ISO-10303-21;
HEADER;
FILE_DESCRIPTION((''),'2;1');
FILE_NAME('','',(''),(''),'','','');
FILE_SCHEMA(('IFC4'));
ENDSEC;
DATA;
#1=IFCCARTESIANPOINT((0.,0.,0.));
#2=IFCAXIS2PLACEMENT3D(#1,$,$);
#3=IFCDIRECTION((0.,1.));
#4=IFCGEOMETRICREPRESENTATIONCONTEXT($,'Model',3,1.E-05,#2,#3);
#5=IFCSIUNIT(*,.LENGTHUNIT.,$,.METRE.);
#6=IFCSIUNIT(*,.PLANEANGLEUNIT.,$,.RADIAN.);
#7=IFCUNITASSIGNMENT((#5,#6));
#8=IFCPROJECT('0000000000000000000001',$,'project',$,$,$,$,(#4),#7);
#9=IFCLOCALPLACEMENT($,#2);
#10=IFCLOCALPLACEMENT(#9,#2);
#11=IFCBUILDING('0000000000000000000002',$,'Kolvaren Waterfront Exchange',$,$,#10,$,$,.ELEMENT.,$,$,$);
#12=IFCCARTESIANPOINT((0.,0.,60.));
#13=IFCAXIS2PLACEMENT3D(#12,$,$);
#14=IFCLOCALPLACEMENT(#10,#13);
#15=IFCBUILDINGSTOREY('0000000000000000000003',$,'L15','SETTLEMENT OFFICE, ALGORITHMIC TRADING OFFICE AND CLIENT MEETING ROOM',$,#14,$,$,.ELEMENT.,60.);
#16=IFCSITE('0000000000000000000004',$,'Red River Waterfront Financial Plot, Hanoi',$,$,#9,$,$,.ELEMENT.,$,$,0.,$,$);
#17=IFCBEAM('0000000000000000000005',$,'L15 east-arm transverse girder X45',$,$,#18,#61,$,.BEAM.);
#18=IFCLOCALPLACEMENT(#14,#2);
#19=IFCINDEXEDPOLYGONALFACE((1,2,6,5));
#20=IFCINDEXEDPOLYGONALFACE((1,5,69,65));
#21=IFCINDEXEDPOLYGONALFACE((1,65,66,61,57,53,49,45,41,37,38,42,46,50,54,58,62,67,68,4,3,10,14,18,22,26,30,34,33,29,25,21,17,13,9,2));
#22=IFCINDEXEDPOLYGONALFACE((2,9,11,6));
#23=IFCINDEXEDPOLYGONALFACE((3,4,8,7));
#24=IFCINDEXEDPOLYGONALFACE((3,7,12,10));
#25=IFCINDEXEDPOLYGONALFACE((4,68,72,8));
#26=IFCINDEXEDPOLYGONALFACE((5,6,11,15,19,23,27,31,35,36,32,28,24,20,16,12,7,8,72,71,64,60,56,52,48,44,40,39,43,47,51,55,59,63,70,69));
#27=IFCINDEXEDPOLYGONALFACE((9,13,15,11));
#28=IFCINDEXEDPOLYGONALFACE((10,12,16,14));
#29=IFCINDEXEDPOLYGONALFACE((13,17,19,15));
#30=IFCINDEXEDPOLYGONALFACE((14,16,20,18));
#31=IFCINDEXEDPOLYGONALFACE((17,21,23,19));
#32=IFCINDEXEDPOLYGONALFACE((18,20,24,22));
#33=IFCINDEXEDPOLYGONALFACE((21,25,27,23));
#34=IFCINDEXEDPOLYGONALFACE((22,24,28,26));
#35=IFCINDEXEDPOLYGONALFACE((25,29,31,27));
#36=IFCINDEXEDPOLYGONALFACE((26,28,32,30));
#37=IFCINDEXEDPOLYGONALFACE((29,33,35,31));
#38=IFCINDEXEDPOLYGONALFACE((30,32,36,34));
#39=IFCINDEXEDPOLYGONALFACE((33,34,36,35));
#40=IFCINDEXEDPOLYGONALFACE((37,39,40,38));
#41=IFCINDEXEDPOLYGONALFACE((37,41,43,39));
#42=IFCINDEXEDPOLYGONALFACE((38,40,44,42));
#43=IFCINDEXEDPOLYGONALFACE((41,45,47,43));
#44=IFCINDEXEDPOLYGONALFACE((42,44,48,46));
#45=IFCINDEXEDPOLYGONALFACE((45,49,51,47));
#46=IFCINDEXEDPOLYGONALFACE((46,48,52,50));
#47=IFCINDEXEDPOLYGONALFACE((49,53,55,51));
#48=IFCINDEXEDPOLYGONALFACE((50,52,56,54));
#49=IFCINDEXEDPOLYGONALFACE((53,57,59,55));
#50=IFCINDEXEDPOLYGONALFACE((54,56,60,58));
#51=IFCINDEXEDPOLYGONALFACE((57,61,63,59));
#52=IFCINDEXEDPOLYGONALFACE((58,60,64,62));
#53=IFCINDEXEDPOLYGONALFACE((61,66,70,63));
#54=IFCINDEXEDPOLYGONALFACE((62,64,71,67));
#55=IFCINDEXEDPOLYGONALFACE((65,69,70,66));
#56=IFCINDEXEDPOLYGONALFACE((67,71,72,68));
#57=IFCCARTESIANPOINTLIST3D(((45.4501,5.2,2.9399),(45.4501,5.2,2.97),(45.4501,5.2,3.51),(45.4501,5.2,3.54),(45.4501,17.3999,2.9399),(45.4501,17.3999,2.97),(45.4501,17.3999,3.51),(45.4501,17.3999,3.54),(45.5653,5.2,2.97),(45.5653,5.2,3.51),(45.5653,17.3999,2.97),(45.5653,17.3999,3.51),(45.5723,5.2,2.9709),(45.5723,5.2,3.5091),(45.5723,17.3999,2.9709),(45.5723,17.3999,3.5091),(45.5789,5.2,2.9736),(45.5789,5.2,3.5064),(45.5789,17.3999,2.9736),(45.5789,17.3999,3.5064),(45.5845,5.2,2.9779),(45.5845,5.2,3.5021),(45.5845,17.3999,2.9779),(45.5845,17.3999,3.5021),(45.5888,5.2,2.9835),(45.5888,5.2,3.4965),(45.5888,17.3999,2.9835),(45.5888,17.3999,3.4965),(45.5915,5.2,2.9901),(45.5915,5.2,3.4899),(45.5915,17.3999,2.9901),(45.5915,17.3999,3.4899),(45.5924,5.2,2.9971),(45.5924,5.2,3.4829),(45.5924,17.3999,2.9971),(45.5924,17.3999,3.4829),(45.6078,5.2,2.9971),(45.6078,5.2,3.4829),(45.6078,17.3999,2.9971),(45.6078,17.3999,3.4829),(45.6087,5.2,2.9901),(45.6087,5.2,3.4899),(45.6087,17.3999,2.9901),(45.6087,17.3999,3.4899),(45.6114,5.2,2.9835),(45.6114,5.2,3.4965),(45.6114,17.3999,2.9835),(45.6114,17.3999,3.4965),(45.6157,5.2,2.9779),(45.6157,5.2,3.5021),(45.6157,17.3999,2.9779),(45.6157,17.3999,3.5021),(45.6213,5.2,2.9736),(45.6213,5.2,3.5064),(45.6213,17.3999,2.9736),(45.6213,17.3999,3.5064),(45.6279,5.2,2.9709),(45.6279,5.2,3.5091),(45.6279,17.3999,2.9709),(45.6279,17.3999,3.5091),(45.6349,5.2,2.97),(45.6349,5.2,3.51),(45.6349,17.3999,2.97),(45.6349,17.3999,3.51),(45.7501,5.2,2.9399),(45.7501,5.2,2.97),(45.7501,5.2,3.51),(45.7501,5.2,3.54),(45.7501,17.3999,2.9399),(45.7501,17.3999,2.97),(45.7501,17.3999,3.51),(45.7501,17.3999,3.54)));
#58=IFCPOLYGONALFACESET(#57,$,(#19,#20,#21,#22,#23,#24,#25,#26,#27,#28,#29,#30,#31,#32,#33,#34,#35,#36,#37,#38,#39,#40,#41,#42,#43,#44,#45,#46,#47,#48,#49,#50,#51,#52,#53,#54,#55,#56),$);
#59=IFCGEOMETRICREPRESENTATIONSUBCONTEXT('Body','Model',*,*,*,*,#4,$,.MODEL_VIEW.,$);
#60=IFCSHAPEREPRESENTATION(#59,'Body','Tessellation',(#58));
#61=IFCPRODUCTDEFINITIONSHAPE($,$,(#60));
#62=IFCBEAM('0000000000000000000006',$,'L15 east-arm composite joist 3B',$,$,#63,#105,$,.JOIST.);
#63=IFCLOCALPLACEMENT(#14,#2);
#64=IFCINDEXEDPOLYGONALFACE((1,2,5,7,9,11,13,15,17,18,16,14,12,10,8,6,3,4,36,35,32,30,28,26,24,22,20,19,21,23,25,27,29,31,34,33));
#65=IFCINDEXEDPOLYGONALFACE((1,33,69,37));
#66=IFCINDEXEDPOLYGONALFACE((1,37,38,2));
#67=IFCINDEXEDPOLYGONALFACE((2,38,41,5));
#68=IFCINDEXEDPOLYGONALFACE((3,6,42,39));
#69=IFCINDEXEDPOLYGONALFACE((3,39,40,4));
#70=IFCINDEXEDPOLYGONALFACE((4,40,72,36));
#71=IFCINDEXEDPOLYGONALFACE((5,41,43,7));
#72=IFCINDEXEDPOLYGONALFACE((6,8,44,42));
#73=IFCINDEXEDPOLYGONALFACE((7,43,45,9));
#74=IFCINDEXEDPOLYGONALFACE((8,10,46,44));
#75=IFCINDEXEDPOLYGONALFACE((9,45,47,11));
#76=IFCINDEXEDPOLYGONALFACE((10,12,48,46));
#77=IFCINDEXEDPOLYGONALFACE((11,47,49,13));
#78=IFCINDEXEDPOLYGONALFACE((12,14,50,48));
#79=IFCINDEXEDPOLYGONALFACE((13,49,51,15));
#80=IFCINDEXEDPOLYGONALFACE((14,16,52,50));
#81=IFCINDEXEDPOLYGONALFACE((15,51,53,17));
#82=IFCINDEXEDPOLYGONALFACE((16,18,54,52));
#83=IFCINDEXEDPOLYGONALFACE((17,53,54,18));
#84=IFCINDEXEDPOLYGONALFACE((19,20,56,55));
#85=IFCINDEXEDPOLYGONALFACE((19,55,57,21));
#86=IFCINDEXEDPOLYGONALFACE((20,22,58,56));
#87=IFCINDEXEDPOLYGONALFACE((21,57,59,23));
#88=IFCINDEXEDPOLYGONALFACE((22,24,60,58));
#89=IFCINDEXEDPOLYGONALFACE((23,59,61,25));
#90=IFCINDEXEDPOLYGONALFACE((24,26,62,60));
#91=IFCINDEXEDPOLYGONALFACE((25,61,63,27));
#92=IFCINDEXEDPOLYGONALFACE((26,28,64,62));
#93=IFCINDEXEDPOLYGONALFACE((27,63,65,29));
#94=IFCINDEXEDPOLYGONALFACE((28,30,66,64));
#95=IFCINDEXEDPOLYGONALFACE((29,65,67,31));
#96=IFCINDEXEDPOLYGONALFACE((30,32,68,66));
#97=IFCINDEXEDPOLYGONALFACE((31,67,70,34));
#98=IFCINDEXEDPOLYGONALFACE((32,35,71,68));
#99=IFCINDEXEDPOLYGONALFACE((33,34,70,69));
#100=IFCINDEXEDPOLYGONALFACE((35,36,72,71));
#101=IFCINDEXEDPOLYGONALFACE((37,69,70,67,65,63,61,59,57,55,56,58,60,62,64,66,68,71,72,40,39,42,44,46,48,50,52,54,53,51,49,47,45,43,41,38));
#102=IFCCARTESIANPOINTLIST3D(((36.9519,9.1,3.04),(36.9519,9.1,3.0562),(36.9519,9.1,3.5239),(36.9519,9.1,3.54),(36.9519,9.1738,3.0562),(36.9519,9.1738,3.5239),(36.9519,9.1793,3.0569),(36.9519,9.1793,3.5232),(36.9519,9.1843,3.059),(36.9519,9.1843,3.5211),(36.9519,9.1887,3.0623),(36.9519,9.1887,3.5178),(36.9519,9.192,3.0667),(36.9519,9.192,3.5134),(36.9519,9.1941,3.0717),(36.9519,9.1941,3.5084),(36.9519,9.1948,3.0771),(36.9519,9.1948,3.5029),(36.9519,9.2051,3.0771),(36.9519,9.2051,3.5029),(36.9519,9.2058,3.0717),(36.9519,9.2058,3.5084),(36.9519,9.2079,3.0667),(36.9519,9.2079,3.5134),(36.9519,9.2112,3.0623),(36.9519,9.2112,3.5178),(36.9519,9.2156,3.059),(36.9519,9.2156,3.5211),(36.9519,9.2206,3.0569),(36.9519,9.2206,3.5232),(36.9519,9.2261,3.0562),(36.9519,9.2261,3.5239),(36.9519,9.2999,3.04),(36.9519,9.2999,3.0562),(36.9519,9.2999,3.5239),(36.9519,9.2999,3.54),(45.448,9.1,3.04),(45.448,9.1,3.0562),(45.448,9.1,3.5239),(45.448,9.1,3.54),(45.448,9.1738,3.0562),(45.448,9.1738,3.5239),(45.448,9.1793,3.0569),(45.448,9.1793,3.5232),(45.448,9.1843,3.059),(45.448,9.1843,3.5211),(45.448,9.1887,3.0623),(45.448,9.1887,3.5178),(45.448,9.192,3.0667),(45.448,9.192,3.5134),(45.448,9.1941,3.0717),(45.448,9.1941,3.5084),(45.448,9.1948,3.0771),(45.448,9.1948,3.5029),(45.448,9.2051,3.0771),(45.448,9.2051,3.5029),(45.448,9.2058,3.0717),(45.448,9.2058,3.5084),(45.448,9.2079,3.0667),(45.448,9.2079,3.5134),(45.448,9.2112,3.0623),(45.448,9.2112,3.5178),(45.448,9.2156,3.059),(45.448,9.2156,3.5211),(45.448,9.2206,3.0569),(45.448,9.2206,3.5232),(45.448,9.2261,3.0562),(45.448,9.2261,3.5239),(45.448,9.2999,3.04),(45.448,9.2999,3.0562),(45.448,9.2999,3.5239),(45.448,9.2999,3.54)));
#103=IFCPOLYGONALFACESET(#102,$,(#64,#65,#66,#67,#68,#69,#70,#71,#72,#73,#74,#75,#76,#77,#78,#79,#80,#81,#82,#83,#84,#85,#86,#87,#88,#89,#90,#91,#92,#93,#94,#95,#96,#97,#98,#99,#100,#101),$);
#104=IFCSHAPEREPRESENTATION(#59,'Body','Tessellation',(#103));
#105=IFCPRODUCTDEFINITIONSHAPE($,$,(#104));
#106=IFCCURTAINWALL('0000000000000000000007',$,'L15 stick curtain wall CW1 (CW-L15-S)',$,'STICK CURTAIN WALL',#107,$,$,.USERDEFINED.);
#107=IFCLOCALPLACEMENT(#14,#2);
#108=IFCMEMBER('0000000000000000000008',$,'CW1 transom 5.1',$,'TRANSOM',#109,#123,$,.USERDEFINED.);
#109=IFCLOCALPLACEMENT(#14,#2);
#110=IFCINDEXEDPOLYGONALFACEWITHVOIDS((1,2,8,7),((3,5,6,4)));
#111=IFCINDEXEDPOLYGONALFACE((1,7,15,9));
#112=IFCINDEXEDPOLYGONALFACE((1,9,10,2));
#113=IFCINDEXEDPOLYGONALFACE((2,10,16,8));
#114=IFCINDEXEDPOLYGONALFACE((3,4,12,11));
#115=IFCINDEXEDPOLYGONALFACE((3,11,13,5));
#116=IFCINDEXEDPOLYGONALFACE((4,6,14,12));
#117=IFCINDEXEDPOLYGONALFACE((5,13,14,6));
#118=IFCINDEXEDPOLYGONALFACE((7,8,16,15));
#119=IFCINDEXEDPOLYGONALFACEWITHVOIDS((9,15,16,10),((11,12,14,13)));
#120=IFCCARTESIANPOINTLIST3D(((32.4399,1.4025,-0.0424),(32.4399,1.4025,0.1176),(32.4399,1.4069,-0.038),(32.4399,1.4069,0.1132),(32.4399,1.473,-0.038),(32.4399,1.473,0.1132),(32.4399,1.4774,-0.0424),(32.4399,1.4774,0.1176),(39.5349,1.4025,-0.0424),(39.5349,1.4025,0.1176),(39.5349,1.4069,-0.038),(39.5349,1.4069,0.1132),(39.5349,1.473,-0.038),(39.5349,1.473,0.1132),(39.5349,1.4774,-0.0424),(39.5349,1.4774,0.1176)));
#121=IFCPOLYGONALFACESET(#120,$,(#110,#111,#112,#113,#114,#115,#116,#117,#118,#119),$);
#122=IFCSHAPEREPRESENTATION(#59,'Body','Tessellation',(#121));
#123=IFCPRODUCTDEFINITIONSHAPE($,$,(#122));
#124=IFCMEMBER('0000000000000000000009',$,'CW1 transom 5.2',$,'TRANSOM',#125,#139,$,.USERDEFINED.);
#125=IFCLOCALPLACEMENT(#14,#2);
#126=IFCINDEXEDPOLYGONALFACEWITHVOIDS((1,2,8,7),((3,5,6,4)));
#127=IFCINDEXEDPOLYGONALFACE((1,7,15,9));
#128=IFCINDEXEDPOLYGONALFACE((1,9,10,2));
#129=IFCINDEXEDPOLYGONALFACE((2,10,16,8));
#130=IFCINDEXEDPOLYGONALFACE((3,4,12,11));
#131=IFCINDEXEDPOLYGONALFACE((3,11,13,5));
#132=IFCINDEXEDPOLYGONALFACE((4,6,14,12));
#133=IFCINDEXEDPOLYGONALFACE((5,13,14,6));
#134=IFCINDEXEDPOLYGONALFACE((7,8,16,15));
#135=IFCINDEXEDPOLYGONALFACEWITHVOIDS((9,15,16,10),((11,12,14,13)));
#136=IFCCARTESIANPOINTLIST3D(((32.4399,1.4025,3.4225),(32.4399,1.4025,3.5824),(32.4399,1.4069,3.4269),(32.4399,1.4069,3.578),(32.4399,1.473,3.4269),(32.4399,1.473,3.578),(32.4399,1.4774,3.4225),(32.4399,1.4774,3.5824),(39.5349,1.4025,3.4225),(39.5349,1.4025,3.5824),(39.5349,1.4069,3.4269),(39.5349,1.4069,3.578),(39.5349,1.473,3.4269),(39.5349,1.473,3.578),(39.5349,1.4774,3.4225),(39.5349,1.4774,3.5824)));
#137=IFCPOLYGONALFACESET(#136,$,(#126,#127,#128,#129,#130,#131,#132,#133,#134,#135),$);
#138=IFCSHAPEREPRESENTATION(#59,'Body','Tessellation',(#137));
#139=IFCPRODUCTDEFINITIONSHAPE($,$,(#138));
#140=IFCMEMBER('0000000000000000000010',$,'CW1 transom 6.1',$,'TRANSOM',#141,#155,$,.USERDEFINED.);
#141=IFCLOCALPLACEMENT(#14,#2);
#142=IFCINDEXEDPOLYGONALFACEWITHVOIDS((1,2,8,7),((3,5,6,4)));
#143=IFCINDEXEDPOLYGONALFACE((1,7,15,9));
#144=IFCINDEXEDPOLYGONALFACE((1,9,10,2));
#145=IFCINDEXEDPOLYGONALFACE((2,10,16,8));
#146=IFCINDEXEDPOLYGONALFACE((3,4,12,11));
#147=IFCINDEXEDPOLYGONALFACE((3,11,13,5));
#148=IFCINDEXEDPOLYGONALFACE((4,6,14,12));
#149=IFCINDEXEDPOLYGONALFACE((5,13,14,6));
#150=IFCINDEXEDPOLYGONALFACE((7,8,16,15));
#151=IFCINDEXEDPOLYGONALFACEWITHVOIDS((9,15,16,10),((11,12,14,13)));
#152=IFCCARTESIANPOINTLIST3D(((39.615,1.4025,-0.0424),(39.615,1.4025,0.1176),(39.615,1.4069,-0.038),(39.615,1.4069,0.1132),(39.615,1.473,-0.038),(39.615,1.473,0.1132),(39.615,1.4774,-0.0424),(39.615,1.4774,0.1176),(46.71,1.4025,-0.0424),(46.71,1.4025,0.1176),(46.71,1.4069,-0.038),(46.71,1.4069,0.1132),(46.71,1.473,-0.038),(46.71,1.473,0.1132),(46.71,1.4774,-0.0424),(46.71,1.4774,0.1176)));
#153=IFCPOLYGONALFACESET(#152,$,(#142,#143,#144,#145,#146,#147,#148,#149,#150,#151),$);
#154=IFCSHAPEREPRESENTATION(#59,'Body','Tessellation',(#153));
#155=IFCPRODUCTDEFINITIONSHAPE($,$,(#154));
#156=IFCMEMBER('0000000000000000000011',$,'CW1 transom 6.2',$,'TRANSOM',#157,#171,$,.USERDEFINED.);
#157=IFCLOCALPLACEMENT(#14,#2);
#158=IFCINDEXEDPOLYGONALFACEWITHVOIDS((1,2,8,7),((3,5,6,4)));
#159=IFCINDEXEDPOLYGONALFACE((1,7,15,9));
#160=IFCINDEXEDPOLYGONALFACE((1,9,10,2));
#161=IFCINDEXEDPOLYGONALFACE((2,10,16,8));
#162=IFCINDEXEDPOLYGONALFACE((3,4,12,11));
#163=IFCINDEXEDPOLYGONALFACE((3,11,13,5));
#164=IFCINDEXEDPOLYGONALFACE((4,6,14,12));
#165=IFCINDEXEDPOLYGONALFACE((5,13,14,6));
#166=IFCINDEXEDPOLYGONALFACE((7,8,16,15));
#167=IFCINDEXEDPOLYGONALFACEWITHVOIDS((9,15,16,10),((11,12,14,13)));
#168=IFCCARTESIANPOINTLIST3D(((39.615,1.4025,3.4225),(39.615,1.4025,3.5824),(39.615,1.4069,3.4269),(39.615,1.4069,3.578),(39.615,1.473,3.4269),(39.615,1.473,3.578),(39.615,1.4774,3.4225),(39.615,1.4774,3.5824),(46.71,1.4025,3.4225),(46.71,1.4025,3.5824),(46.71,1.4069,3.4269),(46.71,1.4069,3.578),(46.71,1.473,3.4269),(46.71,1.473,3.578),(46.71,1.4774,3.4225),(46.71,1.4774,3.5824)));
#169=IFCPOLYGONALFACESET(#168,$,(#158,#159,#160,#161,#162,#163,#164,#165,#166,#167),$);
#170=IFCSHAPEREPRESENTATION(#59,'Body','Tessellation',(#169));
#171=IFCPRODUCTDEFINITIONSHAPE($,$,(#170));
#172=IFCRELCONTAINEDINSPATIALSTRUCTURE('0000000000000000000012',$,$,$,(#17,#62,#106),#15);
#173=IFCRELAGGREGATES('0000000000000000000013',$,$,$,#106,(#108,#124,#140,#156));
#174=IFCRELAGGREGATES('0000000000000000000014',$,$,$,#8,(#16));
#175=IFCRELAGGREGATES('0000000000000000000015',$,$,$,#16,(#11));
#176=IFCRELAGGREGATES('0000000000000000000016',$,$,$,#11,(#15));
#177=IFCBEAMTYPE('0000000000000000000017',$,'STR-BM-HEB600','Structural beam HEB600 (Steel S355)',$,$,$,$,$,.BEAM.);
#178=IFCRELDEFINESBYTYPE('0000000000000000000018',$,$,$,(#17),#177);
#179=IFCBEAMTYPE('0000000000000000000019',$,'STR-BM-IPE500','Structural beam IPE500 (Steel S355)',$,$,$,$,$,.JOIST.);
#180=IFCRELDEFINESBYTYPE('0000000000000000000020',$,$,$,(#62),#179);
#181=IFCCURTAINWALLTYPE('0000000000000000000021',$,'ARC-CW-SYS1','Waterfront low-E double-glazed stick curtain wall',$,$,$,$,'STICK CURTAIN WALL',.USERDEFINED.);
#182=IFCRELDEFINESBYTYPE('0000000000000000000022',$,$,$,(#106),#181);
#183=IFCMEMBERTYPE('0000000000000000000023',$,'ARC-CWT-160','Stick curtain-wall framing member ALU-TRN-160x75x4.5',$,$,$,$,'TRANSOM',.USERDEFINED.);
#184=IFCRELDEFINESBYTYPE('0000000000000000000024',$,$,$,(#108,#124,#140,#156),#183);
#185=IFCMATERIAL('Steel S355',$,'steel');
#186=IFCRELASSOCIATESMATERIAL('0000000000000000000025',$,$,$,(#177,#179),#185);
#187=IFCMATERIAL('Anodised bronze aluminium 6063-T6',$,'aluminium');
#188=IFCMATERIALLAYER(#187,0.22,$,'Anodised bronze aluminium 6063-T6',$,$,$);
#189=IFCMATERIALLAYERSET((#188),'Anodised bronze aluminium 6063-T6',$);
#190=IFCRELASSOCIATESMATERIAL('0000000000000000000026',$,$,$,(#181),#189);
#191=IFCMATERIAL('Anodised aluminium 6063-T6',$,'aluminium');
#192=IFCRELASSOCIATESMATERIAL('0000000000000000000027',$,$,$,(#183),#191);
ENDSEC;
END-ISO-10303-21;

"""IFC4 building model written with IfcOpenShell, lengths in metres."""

from ifc_helpers import new_model, si_unit, direction, frame, origin, origin_with_axes, origin_2d, place, context, subcontext, project, spatial, hollow_rectangle, i_section, extrude, source, transform, mapped, material, layer, layer_set, material_profile, profile_set, type_object, element, aggregate, save


model = new_model("IFC4")

# Units and contexts
model_context = context("Model", 3, precision=1e-05, world=origin(), true_north=direction((0.0, 1.0)))
body_context = subcontext(model_context, "Body", "Model", "MODEL_VIEW")
ifc_project = project(units=[si_unit("LENGTHUNIT", "METRE"), si_unit("PLANEANGLEUNIT", "RADIAN")], contexts=[model_context])

# Site, building, storey
site_placement = place(None, origin())
site = spatial("IfcSite", under=ifc_project, at=site_placement, Name="Red River Waterfront Financial Plot, Hanoi", CompositionType="ELEMENT", RefElevation=0.0)
building_placement = place(site_placement, origin())
building = spatial("IfcBuilding", under=site, at=building_placement, Name="Kolvaren Waterfront Exchange", CompositionType="ELEMENT")
storey_placement = place(building_placement, frame((0.0, 0.0, 60.0)))
storey = spatial("IfcBuildingStorey", under=building, at=storey_placement, Name="L15", Description="SETTLEMENT OFFICE, ALGORITHMIC TRADING OFFICE AND CLIENT MEETING ROOM", CompositionType="ELEMENT", Elevation=60.0)

# Beams
ifc_material_1 = material(Name="Steel S355", Category="steel")
ifc_material_profile_1 = material_profile(ifc_material_1, i_section(OverallWidth=0.3, OverallDepth=0.6001, WebThickness=0.0154, FlangeThickness=0.03, FilletRadius=0.0271, at=origin_2d()), Name="HEB600")
ifc_profile_set_1 = profile_set([ifc_material_profile_1], Name="Steel S355")
beam_type_1 = type_object("IfcBeamType", Name="STR-BM-HEB600", Description="Structural beam HEB600 (Steel S355)", PredefinedType="BEAM", material=ifc_profile_set_1)
for number, where, z_axis, x_axis, name in (
    (1, (45.6001, 5.2, 3.24), (0.0, 1.0, 0.0), (-1.0, 0.0, 0.0), "L15 east-arm transverse girder X45"),
):
    element("IfcBeam", number, at=place(storey_placement, frame(where, z_axis=z_axis, x_axis=x_axis)), inside=storey, type_object=beam_type_1, Name=name, PredefinedType="BEAM", context=body_context, shape_type="SweptSolid", body=[
        extrude(i_section(OverallWidth=0.3, OverallDepth=0.6001, WebThickness=0.0154, FlangeThickness=0.03, FilletRadius=0.0271, at=origin_2d()), origin(), (0.0, 0.0, 1.0), 12.2),
    ])
ifc_material_profile_2 = material_profile(ifc_material_1, i_section(OverallWidth=0.2, OverallDepth=0.5, WebThickness=0.0103, FlangeThickness=0.0161, FilletRadius=0.021, at=origin_2d()), Name="IPE500")
ifc_profile_set_2 = profile_set([ifc_material_profile_2], Name="Steel S355")
beam_type_2 = type_object("IfcBeamType", Name="STR-BM-IPE500", Description="Structural beam IPE500 (Steel S355)", PredefinedType="JOIST", material=ifc_profile_set_2)
beam_1_placement = place(storey_placement, frame((36.9519, 9.2, 3.29), z_axis=(1.0, 0.0, 0.0), x_axis=(0.0, 1.0, 0.0)))
element("IfcBeam", 2, at=beam_1_placement, inside=storey, type_object=beam_type_2, Name="L15 east-arm composite joist 3B", PredefinedType="JOIST", context=body_context, shape_type="SweptSolid", body=[
    extrude(i_section(OverallWidth=0.2, OverallDepth=0.5, WebThickness=0.0103, FlangeThickness=0.0161, FilletRadius=0.021, at=origin_2d()), origin(), (0.0, 0.0, 1.0), 8.4961),
])

# Curtain wall, members
ifc_material_2 = material(Name="Anodised bronze aluminium 6063-T6", Category="aluminium")
ifc_layer_1 = layer(ifc_material_2, 0.22, Name="Anodised bronze aluminium 6063-T6")
ifc_layer_set_1 = layer_set([ifc_layer_1], Name="Anodised bronze aluminium 6063-T6")
curtain_wall_type = type_object("IfcCurtainWallType", Name="ARC-CW-SYS1", Description="Waterfront low-E double-glazed stick curtain wall", ElementType="STICK CURTAIN WALL", PredefinedType="USERDEFINED", material=ifc_layer_set_1)
curtain_wall_placement = place(storey_placement, origin())
curtain_wall = element("IfcCurtainWall", 3, at=curtain_wall_placement, inside=storey, type_object=curtain_wall_type, Name="L15 stick curtain wall CW1 (CW-L15-S)", ObjectType="STICK CURTAIN WALL", PredefinedType="USERDEFINED")
ifc_material_3 = material(Name="Anodised aluminium 6063-T6", Category="aluminium")
ifc_material_profile_3 = material_profile(ifc_material_3, hollow_rectangle(XDim=0.075, YDim=0.1599, WallThickness=0.0044, at=origin_2d()), Name="ALU-TRN-160x75x4.5")
ifc_profile_set_3 = profile_set([ifc_material_profile_3], Name="Anodised aluminium 6063-T6")
member_type_1 = type_object("IfcMemberType", Name="ARC-CWT-160", Description="Stick curtain-wall framing member ALU-TRN-160x75x4.5", ElementType="TRANSOM", PredefinedType="USERDEFINED", material=ifc_profile_set_3)
shared_shape_1 = source(origin_with_axes(), body_context, "Body", "SweptSolid", [
    extrude(hollow_rectangle(XDim=0.075, YDim=0.1599, WallThickness=0.0044, at=origin_2d()), origin(), (0.0, 0.0, 1.0), 7.095),
])
member_1_placement = place(storey_placement, frame((32.4399, 1.4399, 0.0376), z_axis=(1.0, 0.0, 0.0), x_axis=(0.0, 1.0, 0.0)))
member_1 = element("IfcMember", 4, at=member_1_placement, type_object=member_type_1, Name="CW1 transom 5.1", ObjectType="TRANSOM", PredefinedType="USERDEFINED", context=body_context, shape_type="MappedRepresentation", body=[
    mapped(shared_shape_1, transform((0.0, 0.0, 0.0), x_axis=(1.0, 0.0, 0.0), y_axis=(0.0, 1.0, 0.0), z_axis=(0.0, 0.0, 1.0), scale=1.0)),
])
member_2_placement = place(storey_placement, frame((32.4399, 1.4399, 3.5024), z_axis=(1.0, 0.0, 0.0), x_axis=(0.0, 1.0, 0.0)))
member_2 = element("IfcMember", 5, at=member_2_placement, type_object=member_type_1, Name="CW1 transom 5.2", ObjectType="TRANSOM", PredefinedType="USERDEFINED", context=body_context, shape_type="MappedRepresentation", body=[
    mapped(shared_shape_1, transform((0.0, 0.0, 0.0), x_axis=(1.0, 0.0, 0.0), y_axis=(0.0, 1.0, 0.0), z_axis=(0.0, 0.0, 1.0), scale=1.0)),
])
member_3_placement = place(storey_placement, frame((39.615, 1.4399, 0.0376), z_axis=(1.0, 0.0, 0.0), x_axis=(0.0, 1.0, 0.0)))
member_3 = element("IfcMember", 6, at=member_3_placement, type_object=member_type_1, Name="CW1 transom 6.1", ObjectType="TRANSOM", PredefinedType="USERDEFINED", context=body_context, shape_type="MappedRepresentation", body=[
    mapped(shared_shape_1, transform((0.0, 0.0, 0.0), x_axis=(1.0, 0.0, 0.0), y_axis=(0.0, 1.0, 0.0), z_axis=(0.0, 0.0, 1.0), scale=1.0)),
])
member_4_placement = place(storey_placement, frame((39.615, 1.4399, 3.5024), z_axis=(1.0, 0.0, 0.0), x_axis=(0.0, 1.0, 0.0)))
member_4 = element("IfcMember", 7, at=member_4_placement, type_object=member_type_1, Name="CW1 transom 6.2", ObjectType="TRANSOM", PredefinedType="USERDEFINED", context=body_context, shape_type="MappedRepresentation", body=[
    mapped(shared_shape_1, transform((0.0, 0.0, 0.0), x_axis=(1.0, 0.0, 0.0), y_axis=(0.0, 1.0, 0.0), z_axis=(0.0, 0.0, 1.0), scale=1.0)),
])
aggregate(curtain_wall, [member_1, member_2, member_3, member_4])

save(model, "model.ifc")
